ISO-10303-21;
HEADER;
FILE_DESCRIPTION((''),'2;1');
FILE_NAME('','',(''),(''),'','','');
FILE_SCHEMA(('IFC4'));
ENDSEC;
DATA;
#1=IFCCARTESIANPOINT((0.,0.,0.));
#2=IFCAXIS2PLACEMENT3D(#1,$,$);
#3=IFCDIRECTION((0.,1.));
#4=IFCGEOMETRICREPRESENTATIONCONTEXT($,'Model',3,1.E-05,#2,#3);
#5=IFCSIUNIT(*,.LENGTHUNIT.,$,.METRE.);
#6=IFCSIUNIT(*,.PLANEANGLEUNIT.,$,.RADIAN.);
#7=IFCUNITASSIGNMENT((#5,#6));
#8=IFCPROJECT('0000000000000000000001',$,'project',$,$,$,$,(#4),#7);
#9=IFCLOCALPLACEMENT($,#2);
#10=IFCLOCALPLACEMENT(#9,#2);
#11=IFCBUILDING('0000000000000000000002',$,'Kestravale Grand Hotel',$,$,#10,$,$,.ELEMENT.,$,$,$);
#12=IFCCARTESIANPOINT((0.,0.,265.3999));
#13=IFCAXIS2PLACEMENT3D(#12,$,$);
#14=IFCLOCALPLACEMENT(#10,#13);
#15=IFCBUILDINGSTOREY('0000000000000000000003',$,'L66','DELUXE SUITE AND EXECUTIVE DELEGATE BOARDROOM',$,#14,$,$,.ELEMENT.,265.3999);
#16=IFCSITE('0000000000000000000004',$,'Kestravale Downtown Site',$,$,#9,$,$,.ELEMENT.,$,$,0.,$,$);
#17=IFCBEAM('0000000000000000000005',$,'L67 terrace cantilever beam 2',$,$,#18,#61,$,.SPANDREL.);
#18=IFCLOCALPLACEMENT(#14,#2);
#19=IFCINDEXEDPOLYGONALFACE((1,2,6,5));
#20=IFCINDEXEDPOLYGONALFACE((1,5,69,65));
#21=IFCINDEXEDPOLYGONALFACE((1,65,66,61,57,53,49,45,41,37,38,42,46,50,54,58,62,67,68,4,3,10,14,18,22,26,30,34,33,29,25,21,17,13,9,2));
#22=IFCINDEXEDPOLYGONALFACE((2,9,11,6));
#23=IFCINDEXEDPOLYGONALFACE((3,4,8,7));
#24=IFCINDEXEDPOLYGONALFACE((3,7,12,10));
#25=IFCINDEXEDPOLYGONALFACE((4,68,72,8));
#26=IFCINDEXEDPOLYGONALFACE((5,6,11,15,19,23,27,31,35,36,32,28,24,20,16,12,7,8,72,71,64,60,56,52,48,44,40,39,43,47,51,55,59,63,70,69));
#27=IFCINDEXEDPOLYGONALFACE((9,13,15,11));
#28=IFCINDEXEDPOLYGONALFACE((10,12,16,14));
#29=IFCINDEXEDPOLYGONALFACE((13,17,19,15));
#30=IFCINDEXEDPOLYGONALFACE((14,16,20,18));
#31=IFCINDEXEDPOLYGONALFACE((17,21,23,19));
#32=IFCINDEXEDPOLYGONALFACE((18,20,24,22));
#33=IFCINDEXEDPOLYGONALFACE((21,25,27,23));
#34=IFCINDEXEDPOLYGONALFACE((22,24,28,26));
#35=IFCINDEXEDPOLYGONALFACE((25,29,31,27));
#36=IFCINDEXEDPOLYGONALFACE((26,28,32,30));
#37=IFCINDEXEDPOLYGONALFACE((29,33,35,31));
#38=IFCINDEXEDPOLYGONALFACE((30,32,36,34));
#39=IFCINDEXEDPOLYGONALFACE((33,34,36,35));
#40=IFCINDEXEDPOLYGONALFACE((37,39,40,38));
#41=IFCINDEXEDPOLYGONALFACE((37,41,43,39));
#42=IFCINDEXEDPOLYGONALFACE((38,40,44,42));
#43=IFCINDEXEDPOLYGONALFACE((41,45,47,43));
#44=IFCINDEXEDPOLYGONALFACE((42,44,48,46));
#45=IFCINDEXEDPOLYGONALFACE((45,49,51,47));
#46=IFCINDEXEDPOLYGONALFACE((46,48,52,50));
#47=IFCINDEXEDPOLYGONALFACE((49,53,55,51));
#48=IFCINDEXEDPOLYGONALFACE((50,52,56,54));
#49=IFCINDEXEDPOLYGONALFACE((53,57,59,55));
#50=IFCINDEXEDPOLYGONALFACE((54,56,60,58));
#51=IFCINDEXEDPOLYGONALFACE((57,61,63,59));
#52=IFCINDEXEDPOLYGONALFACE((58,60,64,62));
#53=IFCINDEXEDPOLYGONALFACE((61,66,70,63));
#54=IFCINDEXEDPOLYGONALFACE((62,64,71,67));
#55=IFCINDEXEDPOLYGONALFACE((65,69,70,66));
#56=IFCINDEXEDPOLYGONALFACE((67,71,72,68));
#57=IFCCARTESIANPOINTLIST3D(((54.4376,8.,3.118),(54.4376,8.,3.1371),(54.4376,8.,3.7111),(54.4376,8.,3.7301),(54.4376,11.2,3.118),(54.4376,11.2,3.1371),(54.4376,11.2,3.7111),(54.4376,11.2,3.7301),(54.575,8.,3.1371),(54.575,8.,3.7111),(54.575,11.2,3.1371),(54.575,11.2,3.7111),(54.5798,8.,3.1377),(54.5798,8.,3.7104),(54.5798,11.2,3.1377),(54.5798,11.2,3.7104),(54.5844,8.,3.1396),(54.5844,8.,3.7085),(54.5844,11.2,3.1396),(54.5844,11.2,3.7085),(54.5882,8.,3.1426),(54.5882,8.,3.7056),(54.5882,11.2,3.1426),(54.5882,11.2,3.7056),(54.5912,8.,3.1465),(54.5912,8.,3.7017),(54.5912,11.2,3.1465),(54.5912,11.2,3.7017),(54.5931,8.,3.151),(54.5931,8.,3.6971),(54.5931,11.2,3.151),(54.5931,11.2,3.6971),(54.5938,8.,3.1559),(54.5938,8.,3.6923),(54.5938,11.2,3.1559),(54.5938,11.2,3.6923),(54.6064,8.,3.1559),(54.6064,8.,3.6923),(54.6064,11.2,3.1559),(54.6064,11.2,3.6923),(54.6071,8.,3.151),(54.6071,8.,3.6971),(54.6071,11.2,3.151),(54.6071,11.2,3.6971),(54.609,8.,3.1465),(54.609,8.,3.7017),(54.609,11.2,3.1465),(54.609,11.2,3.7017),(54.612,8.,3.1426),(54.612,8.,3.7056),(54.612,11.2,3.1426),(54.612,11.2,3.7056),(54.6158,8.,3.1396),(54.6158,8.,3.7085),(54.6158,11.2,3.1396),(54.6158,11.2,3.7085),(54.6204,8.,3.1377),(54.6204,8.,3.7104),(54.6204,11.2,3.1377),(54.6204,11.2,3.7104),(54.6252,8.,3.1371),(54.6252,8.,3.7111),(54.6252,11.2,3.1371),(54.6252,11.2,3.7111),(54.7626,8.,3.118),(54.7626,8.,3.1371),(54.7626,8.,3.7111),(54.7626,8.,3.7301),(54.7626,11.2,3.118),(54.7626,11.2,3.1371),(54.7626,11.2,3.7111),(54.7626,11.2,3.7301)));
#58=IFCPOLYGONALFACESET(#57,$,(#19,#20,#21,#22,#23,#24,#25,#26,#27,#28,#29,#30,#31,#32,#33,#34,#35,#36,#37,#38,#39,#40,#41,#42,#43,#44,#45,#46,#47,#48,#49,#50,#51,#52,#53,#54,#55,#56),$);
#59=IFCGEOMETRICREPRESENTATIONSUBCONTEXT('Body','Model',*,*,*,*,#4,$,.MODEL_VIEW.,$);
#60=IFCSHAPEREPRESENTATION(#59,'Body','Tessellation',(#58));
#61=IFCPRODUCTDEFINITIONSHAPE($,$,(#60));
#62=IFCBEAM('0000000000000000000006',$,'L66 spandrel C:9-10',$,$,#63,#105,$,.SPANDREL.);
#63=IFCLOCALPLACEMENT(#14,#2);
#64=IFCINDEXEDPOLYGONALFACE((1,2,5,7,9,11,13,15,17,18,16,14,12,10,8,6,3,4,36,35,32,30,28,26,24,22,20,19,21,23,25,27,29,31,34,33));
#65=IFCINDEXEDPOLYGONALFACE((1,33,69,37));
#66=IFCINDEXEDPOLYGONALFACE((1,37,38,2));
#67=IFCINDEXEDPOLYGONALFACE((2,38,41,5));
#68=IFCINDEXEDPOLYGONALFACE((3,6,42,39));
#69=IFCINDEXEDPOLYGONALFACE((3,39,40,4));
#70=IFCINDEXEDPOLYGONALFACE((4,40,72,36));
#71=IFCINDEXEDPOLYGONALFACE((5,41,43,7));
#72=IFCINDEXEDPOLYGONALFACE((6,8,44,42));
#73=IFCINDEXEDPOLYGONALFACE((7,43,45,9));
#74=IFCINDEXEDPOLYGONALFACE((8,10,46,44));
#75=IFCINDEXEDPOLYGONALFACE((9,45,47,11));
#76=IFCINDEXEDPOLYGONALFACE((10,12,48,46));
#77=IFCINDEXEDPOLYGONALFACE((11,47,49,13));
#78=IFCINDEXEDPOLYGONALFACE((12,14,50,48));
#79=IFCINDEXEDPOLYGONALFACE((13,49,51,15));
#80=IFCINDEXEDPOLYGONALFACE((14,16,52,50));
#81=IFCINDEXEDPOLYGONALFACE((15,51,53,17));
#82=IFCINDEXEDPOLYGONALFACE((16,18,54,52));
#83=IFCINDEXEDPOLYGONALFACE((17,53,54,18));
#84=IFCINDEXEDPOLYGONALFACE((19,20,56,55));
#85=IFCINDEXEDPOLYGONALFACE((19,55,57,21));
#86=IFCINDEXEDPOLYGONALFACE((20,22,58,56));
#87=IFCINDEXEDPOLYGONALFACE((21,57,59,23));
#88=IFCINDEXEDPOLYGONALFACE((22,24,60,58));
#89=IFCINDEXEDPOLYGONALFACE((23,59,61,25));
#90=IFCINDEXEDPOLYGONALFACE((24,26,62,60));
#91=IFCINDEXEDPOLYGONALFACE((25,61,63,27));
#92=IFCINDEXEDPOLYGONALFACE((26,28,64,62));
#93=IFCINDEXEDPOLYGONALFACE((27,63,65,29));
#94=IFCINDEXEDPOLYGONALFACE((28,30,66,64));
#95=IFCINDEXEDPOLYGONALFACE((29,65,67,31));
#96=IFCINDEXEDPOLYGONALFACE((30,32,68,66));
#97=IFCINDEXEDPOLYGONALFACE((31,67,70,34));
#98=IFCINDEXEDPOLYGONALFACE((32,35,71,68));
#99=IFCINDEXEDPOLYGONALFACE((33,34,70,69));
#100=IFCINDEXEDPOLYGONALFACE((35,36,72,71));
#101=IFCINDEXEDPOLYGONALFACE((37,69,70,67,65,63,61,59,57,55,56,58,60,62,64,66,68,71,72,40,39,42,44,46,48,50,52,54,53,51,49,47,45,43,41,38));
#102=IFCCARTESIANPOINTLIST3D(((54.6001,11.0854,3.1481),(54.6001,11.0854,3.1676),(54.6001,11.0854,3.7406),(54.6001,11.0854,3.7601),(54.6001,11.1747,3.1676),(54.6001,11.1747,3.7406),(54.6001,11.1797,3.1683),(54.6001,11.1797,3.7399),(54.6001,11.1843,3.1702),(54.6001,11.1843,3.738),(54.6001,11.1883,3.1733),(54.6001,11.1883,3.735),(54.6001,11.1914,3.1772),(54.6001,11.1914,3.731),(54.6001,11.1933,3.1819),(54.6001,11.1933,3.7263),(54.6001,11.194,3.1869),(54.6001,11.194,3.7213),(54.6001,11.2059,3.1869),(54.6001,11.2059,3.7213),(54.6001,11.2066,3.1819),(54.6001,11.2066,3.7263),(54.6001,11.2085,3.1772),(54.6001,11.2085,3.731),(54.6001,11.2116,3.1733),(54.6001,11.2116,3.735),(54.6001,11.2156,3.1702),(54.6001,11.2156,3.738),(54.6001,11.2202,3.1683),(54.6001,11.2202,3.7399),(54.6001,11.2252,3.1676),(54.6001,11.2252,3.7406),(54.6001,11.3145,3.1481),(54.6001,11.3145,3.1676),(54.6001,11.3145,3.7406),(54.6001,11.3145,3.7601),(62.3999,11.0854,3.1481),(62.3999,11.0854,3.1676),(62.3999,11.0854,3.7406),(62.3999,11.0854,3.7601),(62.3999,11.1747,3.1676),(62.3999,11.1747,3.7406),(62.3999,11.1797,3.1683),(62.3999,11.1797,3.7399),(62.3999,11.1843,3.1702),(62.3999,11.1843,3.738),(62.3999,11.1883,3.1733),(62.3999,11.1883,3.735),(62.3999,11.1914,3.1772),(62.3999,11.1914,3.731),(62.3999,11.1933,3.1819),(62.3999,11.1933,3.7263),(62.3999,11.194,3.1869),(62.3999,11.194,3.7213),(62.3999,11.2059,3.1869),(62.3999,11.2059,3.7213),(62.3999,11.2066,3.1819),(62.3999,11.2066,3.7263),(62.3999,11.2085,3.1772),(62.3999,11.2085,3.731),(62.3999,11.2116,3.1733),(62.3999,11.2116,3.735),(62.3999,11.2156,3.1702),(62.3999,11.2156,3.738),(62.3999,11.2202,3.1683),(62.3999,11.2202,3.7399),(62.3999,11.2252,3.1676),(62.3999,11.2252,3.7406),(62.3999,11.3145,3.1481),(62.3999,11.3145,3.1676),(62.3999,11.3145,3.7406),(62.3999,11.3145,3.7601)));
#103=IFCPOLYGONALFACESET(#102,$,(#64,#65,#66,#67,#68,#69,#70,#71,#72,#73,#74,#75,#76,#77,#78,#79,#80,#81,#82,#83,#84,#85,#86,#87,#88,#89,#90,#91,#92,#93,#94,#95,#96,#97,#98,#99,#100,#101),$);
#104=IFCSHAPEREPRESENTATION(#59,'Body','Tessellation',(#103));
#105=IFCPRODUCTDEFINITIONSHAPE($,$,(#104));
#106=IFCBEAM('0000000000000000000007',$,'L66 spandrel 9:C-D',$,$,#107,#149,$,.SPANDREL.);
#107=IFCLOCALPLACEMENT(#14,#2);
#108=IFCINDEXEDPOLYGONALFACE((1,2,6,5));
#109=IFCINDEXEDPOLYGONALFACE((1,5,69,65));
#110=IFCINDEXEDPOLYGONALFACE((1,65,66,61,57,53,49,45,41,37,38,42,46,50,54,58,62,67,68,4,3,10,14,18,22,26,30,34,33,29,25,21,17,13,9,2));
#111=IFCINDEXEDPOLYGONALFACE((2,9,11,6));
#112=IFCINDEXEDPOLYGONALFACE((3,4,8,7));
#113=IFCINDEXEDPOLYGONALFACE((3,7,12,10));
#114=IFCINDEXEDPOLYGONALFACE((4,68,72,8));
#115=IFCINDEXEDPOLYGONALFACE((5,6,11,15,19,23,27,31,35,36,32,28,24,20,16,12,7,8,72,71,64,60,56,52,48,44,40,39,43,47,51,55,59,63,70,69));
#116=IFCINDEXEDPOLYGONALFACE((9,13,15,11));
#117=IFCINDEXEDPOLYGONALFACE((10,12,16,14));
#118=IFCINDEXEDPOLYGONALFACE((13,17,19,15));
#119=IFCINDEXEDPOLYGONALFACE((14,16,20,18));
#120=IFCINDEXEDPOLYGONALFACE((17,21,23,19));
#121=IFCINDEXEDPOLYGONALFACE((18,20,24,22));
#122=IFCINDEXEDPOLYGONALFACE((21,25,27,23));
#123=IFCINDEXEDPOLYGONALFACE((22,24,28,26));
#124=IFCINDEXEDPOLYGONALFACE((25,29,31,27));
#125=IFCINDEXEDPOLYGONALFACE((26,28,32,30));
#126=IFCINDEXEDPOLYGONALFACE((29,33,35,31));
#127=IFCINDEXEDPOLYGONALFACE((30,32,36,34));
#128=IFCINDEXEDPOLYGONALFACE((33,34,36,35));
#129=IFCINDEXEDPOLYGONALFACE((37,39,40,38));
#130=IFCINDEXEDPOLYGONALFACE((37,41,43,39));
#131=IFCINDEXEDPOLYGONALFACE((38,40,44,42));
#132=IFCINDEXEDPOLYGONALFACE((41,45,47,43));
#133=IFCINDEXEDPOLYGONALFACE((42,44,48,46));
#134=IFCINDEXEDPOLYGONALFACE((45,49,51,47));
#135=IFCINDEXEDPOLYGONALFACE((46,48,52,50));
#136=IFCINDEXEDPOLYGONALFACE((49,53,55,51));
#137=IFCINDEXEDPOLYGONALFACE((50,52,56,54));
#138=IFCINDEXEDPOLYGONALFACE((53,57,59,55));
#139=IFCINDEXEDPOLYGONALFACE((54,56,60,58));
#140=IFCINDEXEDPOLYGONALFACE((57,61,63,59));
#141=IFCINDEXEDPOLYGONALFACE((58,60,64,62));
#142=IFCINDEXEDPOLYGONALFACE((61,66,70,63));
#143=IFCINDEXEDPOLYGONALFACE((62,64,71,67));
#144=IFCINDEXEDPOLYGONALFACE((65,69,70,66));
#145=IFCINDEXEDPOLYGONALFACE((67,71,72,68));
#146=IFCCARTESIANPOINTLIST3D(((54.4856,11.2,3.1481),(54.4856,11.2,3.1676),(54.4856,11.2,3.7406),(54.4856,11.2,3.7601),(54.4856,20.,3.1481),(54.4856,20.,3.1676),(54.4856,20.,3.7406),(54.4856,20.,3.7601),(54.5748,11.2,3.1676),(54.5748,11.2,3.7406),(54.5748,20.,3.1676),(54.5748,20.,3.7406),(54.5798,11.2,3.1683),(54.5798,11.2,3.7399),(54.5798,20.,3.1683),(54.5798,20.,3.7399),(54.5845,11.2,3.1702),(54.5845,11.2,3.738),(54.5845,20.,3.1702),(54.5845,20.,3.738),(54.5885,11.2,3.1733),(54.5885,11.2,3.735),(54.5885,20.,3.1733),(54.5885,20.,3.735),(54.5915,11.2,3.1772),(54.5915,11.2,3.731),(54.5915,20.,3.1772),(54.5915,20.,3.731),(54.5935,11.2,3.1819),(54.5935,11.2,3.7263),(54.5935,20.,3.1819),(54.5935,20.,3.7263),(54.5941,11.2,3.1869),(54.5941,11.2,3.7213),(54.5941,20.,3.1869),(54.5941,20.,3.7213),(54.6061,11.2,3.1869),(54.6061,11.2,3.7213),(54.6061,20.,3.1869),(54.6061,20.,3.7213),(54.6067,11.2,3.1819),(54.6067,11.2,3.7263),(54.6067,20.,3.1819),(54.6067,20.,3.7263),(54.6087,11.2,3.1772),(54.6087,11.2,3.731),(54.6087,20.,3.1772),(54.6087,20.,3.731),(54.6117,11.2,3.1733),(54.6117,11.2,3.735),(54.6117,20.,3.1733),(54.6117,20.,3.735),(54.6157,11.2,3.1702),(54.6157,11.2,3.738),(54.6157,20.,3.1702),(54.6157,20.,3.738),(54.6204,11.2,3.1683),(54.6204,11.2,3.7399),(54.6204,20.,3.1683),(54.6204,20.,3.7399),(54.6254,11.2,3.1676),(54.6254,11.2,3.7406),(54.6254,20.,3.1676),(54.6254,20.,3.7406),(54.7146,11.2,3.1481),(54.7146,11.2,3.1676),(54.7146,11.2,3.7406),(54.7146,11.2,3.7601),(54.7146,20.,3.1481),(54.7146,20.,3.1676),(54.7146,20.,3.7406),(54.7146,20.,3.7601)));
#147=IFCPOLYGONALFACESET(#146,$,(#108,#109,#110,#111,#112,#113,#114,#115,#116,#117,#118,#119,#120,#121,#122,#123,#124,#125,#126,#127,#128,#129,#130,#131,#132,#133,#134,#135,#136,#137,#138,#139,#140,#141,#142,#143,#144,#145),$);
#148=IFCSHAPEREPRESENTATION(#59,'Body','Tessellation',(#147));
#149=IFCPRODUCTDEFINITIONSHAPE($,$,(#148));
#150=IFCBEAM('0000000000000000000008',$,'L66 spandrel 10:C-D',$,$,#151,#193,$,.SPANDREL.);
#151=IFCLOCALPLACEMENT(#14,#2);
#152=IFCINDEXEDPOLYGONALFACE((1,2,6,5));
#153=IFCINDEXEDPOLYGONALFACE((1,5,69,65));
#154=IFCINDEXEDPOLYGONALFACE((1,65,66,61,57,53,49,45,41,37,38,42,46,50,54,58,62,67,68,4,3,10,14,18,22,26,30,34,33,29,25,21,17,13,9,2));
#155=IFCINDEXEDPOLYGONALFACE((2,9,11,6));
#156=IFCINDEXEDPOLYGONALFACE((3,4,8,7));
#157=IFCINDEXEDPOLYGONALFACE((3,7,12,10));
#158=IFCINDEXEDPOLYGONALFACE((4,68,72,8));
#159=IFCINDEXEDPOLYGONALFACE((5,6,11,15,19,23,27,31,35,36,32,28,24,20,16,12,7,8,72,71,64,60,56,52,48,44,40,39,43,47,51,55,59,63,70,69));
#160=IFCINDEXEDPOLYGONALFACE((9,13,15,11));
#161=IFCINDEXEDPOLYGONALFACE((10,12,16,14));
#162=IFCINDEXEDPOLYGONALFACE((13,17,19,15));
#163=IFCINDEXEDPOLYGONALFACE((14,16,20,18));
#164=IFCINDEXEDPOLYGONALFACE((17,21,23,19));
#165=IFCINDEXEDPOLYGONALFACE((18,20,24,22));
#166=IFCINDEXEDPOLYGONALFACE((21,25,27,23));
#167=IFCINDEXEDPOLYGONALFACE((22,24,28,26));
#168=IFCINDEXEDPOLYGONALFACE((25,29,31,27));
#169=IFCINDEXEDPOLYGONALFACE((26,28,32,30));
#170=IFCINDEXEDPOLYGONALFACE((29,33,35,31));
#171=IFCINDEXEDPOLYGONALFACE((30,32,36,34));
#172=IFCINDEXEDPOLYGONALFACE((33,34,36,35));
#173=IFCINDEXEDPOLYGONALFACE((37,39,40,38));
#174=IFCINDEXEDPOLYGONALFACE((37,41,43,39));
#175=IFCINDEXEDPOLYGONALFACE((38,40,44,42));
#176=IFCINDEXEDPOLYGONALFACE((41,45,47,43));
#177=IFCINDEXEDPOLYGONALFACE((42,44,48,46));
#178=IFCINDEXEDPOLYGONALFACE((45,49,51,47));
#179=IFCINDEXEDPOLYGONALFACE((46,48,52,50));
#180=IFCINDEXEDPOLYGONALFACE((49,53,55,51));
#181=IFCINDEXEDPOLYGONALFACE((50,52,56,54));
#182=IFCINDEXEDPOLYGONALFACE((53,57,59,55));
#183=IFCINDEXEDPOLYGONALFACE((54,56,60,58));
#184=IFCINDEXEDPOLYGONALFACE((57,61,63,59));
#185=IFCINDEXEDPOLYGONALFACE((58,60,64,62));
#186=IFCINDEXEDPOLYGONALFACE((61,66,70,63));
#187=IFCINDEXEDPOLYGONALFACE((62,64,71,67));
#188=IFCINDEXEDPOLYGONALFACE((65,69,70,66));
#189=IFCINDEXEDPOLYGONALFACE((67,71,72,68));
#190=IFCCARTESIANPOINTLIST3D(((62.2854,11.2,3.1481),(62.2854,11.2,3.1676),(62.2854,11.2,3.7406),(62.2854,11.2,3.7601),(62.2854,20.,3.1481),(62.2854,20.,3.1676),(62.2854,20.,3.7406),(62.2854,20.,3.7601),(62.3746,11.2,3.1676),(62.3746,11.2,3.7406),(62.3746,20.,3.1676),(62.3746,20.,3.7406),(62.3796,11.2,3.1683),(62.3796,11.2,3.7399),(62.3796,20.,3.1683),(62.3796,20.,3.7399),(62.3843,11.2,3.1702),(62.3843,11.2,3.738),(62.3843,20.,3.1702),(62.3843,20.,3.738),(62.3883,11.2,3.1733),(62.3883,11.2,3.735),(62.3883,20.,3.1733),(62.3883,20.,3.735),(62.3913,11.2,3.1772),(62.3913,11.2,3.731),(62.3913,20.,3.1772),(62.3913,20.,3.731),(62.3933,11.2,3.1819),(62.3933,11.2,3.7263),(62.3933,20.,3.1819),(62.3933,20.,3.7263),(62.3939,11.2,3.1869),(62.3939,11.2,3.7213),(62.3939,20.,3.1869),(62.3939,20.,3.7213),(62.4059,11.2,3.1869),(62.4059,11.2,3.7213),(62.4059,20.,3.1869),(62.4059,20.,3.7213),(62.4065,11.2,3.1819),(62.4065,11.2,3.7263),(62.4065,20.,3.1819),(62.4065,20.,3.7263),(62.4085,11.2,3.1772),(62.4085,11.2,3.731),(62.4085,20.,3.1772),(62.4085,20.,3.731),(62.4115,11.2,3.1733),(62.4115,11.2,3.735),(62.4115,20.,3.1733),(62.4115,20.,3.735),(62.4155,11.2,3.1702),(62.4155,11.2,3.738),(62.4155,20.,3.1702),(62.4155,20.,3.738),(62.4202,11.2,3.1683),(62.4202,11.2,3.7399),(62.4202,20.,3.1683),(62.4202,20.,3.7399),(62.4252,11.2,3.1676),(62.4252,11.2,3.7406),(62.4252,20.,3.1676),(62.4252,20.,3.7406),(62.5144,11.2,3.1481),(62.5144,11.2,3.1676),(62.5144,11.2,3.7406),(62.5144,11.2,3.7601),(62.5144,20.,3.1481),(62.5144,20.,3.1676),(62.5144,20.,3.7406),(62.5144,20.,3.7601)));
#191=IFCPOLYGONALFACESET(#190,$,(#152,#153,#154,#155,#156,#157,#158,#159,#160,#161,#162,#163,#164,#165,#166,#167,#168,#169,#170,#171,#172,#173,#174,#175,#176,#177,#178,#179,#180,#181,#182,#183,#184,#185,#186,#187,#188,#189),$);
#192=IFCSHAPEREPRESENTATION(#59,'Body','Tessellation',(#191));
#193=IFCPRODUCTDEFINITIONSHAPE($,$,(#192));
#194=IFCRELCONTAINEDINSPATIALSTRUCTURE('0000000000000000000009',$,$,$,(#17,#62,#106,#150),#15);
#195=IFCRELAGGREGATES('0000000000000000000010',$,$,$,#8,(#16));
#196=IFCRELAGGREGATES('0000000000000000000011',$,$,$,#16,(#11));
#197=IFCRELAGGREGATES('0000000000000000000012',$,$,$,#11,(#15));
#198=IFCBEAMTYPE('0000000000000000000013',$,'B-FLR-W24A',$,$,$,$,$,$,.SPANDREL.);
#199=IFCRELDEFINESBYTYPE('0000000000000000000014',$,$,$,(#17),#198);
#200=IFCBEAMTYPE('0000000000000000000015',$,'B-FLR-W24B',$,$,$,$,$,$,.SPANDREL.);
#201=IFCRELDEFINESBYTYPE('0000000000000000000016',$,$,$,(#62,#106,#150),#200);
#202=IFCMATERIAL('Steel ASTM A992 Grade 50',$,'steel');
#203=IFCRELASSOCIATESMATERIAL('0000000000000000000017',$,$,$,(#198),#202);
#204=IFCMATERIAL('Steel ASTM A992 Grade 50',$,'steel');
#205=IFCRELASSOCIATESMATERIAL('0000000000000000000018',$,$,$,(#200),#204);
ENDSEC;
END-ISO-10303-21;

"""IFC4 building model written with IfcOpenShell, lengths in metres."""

from ifc_helpers import new_model, si_unit, direction, frame, origin, origin_2d, place, context, subcontext, project, spatial, i_section, extrude, material, material_profile, profile_set, type_object, element, save


model = new_model("IFC4")

# Units and contexts
model_context = context("Model", 3, precision=1e-05, world=origin(), true_north=direction((0.0, 1.0)))
body_context = subcontext(model_context, "Body", "Model", "MODEL_VIEW")
ifc_project = project(units=[si_unit("LENGTHUNIT", "METRE"), si_unit("PLANEANGLEUNIT", "RADIAN")], contexts=[model_context])

# Site, building, storey
site_placement = place(None, origin())
site = spatial("IfcSite", under=ifc_project, at=site_placement, Name="Kestravale Downtown Site", CompositionType="ELEMENT", RefElevation=0.0)
building_placement = place(site_placement, origin())
building = spatial("IfcBuilding", under=site, at=building_placement, Name="Kestravale Grand Hotel", CompositionType="ELEMENT")
storey_placement = place(building_placement, frame((0.0, 0.0, 265.3999)))
storey = spatial("IfcBuildingStorey", under=building, at=storey_placement, Name="L66", Description="DELUXE SUITE AND EXECUTIVE DELEGATE BOARDROOM", CompositionType="ELEMENT", Elevation=265.3999)

# Beams
ifc_material_1 = material(Name="Steel ASTM A992 Grade 50", Category="steel")
ifc_material_profile_1 = material_profile(ifc_material_1, i_section(OverallWidth=0.325, OverallDepth=0.6121, WebThickness=0.0127, FlangeThickness=0.019, FilletRadius=0.0188, at=origin_2d()))
ifc_profile_set_1 = profile_set([ifc_material_profile_1], Name="Steel ASTM A992 Grade 50")
beam_type_1 = type_object("IfcBeamType", Name="B-FLR-W24A", PredefinedType="SPANDREL", material=ifc_profile_set_1)
beam_1_placement = place(storey_placement, frame((54.6001, 11.2, 3.4241), z_axis=(0.0, -1.0, 0.0), x_axis=(1.0, 0.0, 0.0)))
element("IfcBeam", 1, at=beam_1_placement, inside=storey, type_object=beam_type_1, Name="L67 terrace cantilever beam 2", PredefinedType="SPANDREL", context=body_context, shape_type="SweptSolid", body=[
    extrude(i_section(OverallWidth=0.325, OverallDepth=0.6121, WebThickness=0.0127, FlangeThickness=0.019, FilletRadius=0.0188, at=origin_2d()), origin(), (0.0, 0.0, 1.0), 3.2),
])
ifc_material_2 = material(Name="Steel ASTM A992 Grade 50", Category="steel")
ifc_material_profile_2 = material_profile(ifc_material_2, i_section(OverallWidth=0.229, OverallDepth=0.6121, WebThickness=0.012, FlangeThickness=0.0195, FilletRadius=0.0193, at=origin_2d()))
ifc_profile_set_2 = profile_set([ifc_material_profile_2], Name="Steel ASTM A992 Grade 50")
beam_type_2 = type_object("IfcBeamType", Name="B-FLR-W24B", PredefinedType="SPANDREL", material=ifc_profile_set_2)
beam_2_placement = place(storey_placement, frame((54.6001, 11.2, 3.4541), z_axis=(1.0, 0.0, 0.0), x_axis=(0.0, 1.0, 0.0)))
element("IfcBeam", 2, at=beam_2_placement, inside=storey, type_object=beam_type_2, Name="L66 spandrel C:9-10", PredefinedType="SPANDREL", context=body_context, shape_type="SweptSolid", body=[
    extrude(i_section(OverallWidth=0.229, OverallDepth=0.6121, WebThickness=0.012, FlangeThickness=0.0195, FilletRadius=0.0193, at=origin_2d()), origin(), (0.0, 0.0, 1.0), 7.7998),
])
for number, where, z_axis, x_axis, name in (
    (3, (54.6001, 11.2, 3.4541), (0.0, 1.0, 0.0), (-1.0, 0.0, 0.0), "L66 spandrel 9:C-D"),
    (4, (62.3999, 11.2, 3.4541), (0.0, 1.0, 0.0), (-1.0, 0.0, 0.0), "L66 spandrel 10:C-D"),
):
    element("IfcBeam", number, at=place(storey_placement, frame(where, z_axis=z_axis, x_axis=x_axis)), inside=storey, type_object=beam_type_2, Name=name, PredefinedType="SPANDREL", context=body_context, shape_type="SweptSolid", body=[
        extrude(i_section(OverallWidth=0.229, OverallDepth=0.6121, WebThickness=0.012, FlangeThickness=0.0195, FilletRadius=0.0193, at=origin_2d()), origin(), (0.0, 0.0, 1.0), 8.8),
    ])

save(model, "model.ifc")
